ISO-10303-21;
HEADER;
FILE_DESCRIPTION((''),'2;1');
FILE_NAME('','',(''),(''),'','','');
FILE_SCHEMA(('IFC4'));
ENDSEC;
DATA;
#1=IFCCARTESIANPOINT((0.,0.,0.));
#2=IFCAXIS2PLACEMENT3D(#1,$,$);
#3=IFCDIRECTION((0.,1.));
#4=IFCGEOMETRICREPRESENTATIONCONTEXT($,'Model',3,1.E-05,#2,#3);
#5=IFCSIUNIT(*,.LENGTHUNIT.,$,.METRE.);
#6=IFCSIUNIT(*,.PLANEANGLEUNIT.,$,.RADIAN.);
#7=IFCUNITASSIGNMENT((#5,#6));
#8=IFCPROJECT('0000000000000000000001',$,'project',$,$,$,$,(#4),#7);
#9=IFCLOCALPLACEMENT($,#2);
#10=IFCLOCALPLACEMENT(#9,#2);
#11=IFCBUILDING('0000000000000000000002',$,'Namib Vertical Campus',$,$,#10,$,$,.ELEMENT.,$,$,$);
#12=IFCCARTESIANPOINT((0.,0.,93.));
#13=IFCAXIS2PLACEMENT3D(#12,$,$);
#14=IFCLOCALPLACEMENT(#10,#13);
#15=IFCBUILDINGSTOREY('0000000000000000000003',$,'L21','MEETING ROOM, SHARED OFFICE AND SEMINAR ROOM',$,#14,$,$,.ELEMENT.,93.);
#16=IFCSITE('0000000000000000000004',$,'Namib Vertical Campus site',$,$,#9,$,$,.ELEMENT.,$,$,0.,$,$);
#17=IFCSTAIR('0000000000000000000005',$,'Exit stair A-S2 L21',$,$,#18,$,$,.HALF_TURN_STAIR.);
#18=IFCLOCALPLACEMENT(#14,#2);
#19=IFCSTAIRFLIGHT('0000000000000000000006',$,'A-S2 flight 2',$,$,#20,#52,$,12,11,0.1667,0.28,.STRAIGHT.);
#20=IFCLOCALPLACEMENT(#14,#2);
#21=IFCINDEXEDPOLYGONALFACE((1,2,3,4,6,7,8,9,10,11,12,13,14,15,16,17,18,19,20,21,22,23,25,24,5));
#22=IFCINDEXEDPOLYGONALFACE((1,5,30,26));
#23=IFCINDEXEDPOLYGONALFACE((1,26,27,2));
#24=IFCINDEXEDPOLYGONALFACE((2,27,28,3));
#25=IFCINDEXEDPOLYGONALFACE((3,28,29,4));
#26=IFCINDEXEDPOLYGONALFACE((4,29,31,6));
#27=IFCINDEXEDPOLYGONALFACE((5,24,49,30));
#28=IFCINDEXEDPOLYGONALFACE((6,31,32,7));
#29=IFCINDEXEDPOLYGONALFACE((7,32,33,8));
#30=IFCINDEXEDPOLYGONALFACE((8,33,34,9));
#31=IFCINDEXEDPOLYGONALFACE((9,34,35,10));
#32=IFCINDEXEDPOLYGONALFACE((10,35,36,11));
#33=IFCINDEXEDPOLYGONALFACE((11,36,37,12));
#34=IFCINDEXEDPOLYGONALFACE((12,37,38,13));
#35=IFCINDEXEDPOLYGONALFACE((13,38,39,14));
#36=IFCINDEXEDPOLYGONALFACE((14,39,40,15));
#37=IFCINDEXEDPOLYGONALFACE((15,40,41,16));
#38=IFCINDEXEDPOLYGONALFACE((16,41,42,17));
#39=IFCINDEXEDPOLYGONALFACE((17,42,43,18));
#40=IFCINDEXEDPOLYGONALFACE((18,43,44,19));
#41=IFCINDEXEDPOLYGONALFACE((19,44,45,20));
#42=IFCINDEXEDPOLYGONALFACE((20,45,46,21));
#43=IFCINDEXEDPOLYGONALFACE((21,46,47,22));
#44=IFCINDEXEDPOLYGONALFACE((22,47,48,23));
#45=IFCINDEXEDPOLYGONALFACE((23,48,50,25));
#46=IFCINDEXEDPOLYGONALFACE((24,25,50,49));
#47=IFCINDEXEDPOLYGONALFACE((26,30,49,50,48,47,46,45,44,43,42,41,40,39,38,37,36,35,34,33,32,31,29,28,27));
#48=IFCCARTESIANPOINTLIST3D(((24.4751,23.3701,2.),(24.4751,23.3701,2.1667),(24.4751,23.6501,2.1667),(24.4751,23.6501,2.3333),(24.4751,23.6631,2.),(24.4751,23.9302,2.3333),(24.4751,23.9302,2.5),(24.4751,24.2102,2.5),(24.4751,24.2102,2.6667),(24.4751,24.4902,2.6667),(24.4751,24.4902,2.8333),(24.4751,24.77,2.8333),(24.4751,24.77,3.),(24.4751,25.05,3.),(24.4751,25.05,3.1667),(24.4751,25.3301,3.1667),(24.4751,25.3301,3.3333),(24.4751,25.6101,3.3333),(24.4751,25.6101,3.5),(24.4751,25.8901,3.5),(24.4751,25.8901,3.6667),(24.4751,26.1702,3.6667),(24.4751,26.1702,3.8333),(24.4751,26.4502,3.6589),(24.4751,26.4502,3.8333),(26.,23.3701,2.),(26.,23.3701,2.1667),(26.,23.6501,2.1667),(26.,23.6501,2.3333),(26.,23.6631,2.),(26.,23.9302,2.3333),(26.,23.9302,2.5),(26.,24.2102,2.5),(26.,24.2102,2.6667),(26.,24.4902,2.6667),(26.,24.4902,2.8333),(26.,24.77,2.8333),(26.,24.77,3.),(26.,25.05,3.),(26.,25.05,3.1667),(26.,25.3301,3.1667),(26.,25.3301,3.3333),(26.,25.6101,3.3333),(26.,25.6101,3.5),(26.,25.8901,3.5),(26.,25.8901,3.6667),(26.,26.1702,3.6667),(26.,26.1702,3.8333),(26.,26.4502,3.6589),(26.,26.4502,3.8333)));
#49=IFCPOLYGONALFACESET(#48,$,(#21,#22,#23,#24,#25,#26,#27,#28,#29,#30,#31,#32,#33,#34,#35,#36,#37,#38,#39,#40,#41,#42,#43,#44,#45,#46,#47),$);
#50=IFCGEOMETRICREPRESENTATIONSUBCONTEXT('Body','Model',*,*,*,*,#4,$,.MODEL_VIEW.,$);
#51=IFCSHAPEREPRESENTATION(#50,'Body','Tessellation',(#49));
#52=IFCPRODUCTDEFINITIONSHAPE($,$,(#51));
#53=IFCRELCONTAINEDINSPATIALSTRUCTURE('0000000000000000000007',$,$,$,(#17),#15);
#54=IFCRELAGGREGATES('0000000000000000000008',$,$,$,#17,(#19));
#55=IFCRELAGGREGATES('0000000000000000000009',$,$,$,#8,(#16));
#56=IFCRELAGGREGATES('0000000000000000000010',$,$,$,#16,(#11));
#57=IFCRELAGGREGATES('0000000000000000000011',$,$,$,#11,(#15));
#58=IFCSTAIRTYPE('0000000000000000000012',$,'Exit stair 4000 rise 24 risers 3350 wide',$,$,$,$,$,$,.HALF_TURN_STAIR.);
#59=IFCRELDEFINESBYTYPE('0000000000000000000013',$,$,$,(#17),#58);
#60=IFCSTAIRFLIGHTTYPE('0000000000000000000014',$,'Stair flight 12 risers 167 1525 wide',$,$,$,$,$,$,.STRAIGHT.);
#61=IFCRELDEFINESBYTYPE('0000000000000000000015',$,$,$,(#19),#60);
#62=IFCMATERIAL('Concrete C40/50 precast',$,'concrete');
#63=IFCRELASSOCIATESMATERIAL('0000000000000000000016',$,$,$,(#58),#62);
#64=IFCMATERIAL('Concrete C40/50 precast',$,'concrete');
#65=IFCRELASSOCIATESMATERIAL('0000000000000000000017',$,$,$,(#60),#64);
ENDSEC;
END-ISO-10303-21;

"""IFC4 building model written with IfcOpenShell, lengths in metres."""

from ifc_helpers import new_model, si_unit, direction, frame, origin, place, context, subcontext, project, spatial, polyline, outline, extrude, material, type_object, element, aggregate, save


model = new_model("IFC4")

# Units and contexts
model_context = context("Model", 3, precision=1e-05, world=origin(), true_north=direction((0.0, 1.0)))
body_context = subcontext(model_context, "Body", "Model", "MODEL_VIEW")
ifc_project = project(units=[si_unit("LENGTHUNIT", "METRE"), si_unit("PLANEANGLEUNIT", "RADIAN")], contexts=[model_context])

# Site, building, storey
site_placement = place(None, origin())
site = spatial("IfcSite", under=ifc_project, at=site_placement, Name="Namib Vertical Campus site", CompositionType="ELEMENT", RefElevation=0.0)
building_placement = place(site_placement, origin())
building = spatial("IfcBuilding", under=site, at=building_placement, Name="Namib Vertical Campus", CompositionType="ELEMENT")
storey_placement = place(building_placement, frame((0.0, 0.0, 93.0)))
storey = spatial("IfcBuildingStorey", under=building, at=storey_placement, Name="L21", Description="MEETING ROOM, SHARED OFFICE AND SEMINAR ROOM", CompositionType="ELEMENT", Elevation=93.0)

# Stair, stair flight
ifc_material_1 = material(Name="Concrete C40/50 precast", Category="concrete")
stair_type = type_object("IfcStairType", Name="Exit stair 4000 rise 24 risers 3350 wide", PredefinedType="HALF_TURN_STAIR", material=ifc_material_1)
stair_placement = place(storey_placement, origin())
stair = element("IfcStair", 1, at=stair_placement, inside=storey, type_object=stair_type, Name="Exit stair A-S2 L21", PredefinedType="HALF_TURN_STAIR")
ifc_material_2 = material(Name="Concrete C40/50 precast", Category="concrete")
stair_flight_type = type_object("IfcStairFlightType", Name="Stair flight 12 risers 167 1525 wide", PredefinedType="STRAIGHT", material=ifc_material_2)
stair_flight_1_placement = place(storey_placement, frame((25.2375, 23.3701, 2.0), z_axis=(0.0, 0.0, 1.0), x_axis=(0.0, 1.0, 0.0)))
stair_flight_1 = element("IfcStairFlight", 2, at=stair_flight_1_placement, type_object=stair_flight_type, Name="A-S2 flight 2", NumberOfRisers=12, NumberOfTreads=11, PredefinedType="STRAIGHT", RiserHeight=0.1667, TreadLength=0.28, context=body_context, shape_type="SweptSolid", body=[
    extrude(outline(polyline([(0.0, 0.0), (0.0, 0.1667), (0.28, 0.1667), (0.28, 0.3333), (0.5601, 0.3333), (0.5601, 0.5), (0.8401, 0.5), (0.8401, 0.6667), (1.1201, 0.6667), (1.1201, 0.8333), (1.3999, 0.8333), (1.3999, 1.0), (1.6799, 1.0), (1.6799, 1.1667), (1.96, 1.1667), (1.96, 1.3333), (2.24, 1.3333), (2.24, 1.5), (2.52, 1.5), (2.52, 1.6667), (2.8, 1.6667), (2.8, 1.8333), (3.0801, 1.8333), (3.0801, 2.0), (3.0801, 1.6589), (0.293, 0.0), (0.0, 0.0)])), frame((0.0, 0.7625, 0.0), z_axis=(0.0, -1.0, 0.0), x_axis=(1.0, 0.0, 0.0)), (0.0, 0.0, 1.0), 1.5249),
])
aggregate(stair, [stair_flight_1])

save(model, "model.ifc")
